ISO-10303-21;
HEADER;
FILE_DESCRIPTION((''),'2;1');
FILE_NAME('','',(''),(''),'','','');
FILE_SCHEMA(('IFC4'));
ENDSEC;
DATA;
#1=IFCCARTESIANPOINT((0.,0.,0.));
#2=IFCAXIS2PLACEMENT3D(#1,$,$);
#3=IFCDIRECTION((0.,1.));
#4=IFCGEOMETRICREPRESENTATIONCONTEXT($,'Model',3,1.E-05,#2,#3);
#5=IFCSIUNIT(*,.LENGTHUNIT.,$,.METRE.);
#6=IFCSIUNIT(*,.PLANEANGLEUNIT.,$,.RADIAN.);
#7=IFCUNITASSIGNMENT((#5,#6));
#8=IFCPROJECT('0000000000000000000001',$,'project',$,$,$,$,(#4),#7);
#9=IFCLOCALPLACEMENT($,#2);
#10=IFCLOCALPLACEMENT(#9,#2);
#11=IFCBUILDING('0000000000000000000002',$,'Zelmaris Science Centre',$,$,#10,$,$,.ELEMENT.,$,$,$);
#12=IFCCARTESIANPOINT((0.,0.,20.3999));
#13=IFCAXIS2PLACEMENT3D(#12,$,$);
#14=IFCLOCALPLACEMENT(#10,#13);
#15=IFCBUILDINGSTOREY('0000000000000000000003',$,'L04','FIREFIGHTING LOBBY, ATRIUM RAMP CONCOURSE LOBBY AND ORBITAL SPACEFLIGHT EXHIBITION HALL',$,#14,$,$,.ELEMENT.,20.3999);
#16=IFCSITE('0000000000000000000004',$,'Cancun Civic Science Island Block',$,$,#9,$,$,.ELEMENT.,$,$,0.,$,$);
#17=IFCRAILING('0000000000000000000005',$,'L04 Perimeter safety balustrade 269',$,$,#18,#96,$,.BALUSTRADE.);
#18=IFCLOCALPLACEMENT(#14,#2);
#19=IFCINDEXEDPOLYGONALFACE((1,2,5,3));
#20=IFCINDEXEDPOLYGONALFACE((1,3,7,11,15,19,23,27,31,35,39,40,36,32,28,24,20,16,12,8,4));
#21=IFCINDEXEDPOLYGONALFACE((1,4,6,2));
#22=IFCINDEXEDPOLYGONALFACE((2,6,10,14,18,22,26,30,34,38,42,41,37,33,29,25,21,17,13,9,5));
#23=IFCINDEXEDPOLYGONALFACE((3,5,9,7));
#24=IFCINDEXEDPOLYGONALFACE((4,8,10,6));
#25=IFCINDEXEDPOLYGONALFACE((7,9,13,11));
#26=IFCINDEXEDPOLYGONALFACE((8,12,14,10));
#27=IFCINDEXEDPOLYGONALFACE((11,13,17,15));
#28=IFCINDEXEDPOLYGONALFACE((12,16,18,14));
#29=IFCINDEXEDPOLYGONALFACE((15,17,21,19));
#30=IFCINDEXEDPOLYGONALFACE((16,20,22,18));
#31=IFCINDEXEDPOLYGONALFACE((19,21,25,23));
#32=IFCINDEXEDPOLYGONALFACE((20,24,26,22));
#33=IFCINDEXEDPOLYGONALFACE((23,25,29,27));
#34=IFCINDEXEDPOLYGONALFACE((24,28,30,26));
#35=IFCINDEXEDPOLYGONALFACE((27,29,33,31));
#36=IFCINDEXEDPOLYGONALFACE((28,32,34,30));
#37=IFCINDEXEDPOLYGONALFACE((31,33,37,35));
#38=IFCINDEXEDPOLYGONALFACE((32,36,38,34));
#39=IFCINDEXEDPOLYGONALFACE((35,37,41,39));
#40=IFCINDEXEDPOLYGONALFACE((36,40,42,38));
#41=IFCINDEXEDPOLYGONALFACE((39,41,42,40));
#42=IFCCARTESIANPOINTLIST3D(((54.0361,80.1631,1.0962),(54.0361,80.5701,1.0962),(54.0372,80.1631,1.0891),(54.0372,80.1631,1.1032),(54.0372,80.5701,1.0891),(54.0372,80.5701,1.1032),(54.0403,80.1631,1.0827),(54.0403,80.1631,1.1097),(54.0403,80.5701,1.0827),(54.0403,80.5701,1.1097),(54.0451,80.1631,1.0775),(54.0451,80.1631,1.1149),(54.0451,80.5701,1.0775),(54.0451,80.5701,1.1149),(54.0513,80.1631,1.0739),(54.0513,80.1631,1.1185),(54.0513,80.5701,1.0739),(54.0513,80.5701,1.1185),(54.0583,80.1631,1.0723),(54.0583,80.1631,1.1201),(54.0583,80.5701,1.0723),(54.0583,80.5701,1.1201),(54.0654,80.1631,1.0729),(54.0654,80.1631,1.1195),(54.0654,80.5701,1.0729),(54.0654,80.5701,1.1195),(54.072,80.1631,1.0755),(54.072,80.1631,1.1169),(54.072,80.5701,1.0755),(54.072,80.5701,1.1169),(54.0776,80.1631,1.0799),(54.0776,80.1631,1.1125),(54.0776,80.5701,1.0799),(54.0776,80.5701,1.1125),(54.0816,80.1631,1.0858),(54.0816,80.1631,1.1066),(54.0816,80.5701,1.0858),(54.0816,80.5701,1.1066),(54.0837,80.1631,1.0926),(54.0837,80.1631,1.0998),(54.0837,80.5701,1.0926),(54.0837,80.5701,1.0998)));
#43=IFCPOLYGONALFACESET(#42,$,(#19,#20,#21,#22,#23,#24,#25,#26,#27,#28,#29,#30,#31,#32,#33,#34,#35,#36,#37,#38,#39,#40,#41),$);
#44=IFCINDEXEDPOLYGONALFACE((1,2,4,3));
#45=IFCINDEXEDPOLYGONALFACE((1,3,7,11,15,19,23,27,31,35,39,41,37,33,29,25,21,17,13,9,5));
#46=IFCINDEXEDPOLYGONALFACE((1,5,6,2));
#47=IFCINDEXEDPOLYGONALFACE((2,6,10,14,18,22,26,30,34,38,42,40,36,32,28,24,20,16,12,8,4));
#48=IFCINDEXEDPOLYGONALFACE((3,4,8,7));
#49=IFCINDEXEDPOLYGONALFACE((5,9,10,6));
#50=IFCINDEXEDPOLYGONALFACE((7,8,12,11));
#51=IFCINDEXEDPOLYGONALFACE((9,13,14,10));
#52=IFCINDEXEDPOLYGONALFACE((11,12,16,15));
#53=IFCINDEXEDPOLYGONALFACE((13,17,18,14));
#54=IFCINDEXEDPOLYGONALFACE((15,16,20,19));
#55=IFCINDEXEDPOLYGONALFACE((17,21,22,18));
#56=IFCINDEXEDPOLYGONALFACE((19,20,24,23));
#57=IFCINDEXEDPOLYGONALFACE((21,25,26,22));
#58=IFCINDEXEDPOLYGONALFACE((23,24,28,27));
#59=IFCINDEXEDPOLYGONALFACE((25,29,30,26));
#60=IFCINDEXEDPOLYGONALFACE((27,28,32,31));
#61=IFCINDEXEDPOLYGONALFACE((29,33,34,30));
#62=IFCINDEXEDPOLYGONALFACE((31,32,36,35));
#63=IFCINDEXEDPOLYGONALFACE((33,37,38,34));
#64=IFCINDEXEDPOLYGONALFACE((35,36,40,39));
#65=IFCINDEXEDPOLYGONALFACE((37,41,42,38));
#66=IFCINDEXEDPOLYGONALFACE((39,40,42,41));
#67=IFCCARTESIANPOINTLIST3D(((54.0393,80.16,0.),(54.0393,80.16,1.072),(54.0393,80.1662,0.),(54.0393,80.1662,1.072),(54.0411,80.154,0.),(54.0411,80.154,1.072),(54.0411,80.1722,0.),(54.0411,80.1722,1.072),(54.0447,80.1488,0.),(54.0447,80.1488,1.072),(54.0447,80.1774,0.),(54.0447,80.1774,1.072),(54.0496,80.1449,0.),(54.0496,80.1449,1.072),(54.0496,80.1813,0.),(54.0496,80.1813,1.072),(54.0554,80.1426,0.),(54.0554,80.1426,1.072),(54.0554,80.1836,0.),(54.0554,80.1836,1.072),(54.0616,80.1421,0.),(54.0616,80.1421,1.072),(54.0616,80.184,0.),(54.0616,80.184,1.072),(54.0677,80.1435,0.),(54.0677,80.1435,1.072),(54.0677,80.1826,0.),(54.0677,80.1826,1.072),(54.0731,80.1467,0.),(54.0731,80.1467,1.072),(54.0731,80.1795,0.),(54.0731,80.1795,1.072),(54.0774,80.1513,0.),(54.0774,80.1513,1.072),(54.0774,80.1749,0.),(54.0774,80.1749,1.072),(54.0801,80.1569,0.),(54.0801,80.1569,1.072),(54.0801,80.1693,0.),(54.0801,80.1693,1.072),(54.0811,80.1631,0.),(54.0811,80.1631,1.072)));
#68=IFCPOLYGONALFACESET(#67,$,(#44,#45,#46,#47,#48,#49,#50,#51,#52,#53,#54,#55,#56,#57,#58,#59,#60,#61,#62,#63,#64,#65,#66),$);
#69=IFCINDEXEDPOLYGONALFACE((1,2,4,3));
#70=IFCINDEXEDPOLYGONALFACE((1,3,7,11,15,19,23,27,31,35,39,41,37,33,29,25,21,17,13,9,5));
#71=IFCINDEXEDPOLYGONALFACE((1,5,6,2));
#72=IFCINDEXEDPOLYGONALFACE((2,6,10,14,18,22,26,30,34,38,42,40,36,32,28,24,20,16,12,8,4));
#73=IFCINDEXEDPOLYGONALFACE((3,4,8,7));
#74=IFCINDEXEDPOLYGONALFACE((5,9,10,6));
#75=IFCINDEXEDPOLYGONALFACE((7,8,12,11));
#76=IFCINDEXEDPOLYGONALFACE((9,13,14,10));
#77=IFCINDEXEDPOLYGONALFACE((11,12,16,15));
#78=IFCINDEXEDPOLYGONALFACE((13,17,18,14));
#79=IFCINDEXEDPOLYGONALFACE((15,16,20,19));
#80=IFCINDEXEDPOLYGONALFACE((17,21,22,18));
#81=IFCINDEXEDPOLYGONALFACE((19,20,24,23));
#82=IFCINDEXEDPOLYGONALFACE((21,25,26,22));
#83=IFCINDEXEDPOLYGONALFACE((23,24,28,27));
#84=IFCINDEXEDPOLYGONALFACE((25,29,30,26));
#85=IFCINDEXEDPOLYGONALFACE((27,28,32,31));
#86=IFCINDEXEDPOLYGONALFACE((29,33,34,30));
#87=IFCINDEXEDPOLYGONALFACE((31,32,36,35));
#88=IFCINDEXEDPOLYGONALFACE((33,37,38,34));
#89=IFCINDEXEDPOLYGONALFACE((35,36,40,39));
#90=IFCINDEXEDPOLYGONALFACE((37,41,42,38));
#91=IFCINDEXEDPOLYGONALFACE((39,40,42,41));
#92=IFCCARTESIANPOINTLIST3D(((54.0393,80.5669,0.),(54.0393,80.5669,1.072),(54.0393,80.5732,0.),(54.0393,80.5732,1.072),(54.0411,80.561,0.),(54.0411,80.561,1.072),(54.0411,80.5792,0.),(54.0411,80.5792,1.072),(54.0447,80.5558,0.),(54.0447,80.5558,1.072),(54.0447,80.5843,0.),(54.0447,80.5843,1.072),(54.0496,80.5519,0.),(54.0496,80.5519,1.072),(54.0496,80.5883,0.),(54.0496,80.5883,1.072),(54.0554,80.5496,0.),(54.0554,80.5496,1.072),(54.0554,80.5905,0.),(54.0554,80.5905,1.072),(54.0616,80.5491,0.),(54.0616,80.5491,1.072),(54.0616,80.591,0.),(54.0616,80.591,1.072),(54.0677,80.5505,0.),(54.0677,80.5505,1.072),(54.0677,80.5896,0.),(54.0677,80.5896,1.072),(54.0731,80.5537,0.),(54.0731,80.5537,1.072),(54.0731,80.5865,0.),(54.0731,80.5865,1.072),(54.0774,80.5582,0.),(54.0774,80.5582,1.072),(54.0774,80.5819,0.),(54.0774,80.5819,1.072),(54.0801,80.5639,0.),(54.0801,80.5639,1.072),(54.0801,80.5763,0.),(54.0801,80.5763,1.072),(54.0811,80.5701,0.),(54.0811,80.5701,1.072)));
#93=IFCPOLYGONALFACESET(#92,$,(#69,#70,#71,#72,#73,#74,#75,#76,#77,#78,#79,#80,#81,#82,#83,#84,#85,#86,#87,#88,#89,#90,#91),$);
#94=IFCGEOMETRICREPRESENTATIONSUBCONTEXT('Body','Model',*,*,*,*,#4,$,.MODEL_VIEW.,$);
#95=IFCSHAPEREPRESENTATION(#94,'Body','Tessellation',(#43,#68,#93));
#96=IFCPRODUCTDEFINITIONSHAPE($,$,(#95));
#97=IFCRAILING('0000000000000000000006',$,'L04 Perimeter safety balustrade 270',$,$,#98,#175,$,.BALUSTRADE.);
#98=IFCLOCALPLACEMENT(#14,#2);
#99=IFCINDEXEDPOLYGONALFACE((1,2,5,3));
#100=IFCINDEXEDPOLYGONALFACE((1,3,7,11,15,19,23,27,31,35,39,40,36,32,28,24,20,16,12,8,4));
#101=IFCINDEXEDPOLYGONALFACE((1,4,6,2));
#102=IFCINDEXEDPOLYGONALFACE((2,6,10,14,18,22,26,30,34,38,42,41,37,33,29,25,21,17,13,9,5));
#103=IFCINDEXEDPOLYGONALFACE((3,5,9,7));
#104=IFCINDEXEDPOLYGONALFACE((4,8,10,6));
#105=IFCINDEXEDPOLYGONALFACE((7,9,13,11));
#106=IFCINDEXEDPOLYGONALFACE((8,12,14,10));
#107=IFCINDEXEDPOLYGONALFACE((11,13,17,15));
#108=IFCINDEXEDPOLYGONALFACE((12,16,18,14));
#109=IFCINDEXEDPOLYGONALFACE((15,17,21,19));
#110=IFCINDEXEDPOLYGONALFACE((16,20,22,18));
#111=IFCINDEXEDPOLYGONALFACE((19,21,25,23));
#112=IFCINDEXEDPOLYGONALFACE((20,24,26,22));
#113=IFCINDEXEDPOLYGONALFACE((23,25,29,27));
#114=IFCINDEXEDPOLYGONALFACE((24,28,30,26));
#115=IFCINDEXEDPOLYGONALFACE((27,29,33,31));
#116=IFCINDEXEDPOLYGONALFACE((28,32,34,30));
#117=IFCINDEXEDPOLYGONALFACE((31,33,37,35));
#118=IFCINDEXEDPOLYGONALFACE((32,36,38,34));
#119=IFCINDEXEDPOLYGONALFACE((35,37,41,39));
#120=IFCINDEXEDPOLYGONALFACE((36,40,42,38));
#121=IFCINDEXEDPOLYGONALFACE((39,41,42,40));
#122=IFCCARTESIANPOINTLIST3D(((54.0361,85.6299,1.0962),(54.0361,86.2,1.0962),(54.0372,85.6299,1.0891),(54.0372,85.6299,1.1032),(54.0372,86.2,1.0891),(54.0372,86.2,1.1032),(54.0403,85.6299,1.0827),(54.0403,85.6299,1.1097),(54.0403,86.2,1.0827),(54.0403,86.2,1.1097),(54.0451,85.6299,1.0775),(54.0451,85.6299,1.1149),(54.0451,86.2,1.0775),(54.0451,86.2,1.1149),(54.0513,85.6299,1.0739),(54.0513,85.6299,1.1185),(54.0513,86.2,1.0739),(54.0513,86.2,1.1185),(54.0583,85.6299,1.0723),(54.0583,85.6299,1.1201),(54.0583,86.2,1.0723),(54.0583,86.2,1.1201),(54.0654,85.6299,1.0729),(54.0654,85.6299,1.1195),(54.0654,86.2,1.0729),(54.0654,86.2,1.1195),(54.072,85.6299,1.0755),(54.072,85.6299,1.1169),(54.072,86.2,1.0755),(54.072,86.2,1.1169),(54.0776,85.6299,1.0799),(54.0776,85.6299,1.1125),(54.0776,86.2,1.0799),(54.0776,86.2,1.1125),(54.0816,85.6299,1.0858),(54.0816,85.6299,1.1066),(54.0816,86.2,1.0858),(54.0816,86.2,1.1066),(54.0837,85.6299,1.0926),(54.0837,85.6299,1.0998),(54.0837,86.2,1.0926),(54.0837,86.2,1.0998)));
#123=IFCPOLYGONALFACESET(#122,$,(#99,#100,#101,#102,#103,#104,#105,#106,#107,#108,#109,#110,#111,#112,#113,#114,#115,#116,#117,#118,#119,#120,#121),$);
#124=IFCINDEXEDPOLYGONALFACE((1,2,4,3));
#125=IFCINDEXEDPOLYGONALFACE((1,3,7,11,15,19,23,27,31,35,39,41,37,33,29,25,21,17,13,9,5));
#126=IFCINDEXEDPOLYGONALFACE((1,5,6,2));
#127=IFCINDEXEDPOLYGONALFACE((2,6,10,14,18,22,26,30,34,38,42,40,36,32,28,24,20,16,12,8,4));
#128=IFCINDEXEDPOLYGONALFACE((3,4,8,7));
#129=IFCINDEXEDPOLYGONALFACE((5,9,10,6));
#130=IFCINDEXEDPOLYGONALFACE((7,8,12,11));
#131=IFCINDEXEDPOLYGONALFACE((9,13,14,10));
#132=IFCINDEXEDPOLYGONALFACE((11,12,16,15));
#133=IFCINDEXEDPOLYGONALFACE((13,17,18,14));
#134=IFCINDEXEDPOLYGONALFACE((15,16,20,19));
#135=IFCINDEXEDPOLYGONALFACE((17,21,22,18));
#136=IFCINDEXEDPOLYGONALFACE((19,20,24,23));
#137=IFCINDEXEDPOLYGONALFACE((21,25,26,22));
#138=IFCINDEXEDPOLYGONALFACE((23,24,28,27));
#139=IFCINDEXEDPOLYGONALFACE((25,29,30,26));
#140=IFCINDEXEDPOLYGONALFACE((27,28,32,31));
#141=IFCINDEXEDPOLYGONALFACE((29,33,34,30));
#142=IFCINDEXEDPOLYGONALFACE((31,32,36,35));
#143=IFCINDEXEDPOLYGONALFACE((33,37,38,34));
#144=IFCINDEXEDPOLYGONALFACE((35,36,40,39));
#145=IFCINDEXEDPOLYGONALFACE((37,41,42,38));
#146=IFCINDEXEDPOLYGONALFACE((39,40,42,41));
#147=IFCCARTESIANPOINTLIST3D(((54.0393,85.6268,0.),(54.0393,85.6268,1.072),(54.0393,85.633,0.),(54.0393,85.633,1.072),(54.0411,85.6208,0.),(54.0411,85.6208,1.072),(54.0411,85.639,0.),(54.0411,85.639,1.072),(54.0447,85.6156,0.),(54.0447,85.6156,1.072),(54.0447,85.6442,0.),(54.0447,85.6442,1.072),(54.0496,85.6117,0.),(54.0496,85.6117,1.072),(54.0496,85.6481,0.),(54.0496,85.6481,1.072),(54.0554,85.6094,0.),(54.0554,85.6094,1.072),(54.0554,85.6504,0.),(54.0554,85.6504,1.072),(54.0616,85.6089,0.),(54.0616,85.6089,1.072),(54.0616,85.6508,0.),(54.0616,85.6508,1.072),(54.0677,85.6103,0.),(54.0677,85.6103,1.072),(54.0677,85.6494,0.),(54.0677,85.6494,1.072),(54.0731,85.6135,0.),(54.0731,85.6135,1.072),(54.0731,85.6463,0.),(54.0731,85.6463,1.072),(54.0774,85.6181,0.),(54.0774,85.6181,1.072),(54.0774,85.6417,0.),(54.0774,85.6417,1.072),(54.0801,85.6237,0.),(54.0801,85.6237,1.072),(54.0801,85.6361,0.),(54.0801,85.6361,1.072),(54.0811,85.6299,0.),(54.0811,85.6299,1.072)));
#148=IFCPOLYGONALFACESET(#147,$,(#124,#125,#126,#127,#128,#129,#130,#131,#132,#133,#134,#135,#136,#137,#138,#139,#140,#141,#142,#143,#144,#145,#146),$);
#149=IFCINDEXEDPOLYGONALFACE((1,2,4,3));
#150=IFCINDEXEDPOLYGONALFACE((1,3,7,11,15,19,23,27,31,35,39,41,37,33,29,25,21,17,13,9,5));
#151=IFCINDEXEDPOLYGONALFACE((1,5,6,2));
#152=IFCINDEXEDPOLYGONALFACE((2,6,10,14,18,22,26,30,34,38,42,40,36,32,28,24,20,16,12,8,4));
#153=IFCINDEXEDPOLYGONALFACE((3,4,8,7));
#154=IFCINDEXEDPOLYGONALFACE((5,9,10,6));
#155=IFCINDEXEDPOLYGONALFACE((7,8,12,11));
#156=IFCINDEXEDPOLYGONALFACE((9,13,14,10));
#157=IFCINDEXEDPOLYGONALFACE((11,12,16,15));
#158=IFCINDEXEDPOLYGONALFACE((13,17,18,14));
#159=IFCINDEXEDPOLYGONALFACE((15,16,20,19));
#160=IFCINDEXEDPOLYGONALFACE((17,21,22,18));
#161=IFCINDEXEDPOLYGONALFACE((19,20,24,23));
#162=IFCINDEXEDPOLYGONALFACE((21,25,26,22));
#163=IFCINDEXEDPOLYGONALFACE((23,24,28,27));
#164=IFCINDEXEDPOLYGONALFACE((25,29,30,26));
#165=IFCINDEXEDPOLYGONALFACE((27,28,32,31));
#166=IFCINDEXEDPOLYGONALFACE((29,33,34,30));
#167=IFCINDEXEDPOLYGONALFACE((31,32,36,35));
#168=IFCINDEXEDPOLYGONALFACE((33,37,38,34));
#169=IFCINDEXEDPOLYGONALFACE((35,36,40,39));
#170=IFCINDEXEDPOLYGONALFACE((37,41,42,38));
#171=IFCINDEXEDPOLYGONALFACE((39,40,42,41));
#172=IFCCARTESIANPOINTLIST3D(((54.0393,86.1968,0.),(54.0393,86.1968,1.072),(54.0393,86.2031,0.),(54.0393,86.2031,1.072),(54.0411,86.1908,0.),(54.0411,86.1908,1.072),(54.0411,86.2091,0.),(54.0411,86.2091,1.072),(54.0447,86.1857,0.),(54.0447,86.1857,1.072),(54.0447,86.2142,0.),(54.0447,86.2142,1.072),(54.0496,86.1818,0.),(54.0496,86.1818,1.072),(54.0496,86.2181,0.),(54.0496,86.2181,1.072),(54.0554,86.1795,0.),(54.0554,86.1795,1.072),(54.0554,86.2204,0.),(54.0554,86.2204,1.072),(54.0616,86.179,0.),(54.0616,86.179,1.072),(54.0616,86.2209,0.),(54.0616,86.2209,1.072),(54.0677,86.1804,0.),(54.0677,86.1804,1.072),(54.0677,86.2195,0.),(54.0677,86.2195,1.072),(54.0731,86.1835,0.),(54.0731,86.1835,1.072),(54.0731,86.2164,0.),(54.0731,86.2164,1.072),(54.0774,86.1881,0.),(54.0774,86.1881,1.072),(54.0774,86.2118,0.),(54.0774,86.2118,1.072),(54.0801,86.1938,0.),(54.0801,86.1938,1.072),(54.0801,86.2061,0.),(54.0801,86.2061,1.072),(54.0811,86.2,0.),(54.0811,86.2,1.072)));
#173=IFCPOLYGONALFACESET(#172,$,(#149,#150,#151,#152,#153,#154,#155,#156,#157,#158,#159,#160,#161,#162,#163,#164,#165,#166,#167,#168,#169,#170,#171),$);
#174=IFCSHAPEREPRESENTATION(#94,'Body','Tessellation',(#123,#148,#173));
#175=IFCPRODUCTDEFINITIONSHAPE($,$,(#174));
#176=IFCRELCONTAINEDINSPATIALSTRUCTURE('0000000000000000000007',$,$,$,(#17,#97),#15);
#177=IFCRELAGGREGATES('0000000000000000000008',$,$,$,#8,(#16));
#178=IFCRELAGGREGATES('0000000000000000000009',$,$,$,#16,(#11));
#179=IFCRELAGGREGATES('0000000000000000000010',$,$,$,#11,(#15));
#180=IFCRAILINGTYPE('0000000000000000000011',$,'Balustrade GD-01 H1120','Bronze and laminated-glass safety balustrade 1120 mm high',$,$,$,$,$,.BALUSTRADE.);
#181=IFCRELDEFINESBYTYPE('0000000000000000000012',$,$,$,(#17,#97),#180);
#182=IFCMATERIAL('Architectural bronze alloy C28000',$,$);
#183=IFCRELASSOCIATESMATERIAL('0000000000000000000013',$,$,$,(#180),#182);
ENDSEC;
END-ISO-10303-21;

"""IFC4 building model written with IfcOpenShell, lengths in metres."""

from ifc_helpers import new_model, si_unit, direction, frame, origin, origin_2d, place, context, subcontext, project, spatial, circle, extrude, material, type_object, element, save


model = new_model("IFC4")

# Units and contexts
model_context = context("Model", 3, precision=1e-05, world=origin(), true_north=direction((0.0, 1.0)))
body_context = subcontext(model_context, "Body", "Model", "MODEL_VIEW")
ifc_project = project(units=[si_unit("LENGTHUNIT", "METRE"), si_unit("PLANEANGLEUNIT", "RADIAN")], contexts=[model_context])

# Site, building, storey
site_placement = place(None, origin())
site = spatial("IfcSite", under=ifc_project, at=site_placement, Name="Cancun Civic Science Island Block", CompositionType="ELEMENT", RefElevation=0.0)
building_placement = place(site_placement, origin())
building = spatial("IfcBuilding", under=site, at=building_placement, Name="Zelmaris Science Centre", CompositionType="ELEMENT")
storey_placement = place(building_placement, frame((0.0, 0.0, 20.3999)))
storey = spatial("IfcBuildingStorey", under=building, at=storey_placement, Name="L04", Description="FIREFIGHTING LOBBY, ATRIUM RAMP CONCOURSE LOBBY AND ORBITAL SPACEFLIGHT EXHIBITION HALL", CompositionType="ELEMENT", Elevation=20.3999)

# Railings
ifc_material_1 = material(Name="Architectural bronze alloy C28000")
railing_type = type_object("IfcRailingType", Name="Balustrade GD-01 H1120", Description="Bronze and laminated-glass safety balustrade 1120 mm high", PredefinedType="BALUSTRADE", material=ifc_material_1)
railing_1_placement = place(storey_placement, frame((54.0601, 80.1631, 0.0)))
element("IfcRailing", 1, at=railing_1_placement, inside=storey, type_object=railing_type, Name="L04 Perimeter safety balustrade 269", PredefinedType="BALUSTRADE", context=body_context, shape_type="SweptSolid", body=[
    extrude(circle(Radius=0.0239, at=origin_2d()), frame((0.0, 0.0, 1.0962), z_axis=(0.0, 1.0, 0.0), x_axis=(-1.0, 0.0, 0.0)), (0.0, 0.0, 1.0), 0.407),
    extrude(circle(Radius=0.021, at=origin_2d()), origin(), (0.0, 0.0, 1.0), 1.072),
    extrude(circle(Radius=0.021, at=origin_2d()), frame((0.0, 0.407, 0.0)), (0.0, 0.0, 1.0), 1.072),
])
railing_2_placement = place(storey_placement, frame((54.0601, 85.6299, 0.0)))
element("IfcRailing", 2, at=railing_2_placement, inside=storey, type_object=railing_type, Name="L04 Perimeter safety balustrade 270", PredefinedType="BALUSTRADE", context=body_context, shape_type="SweptSolid", body=[
    extrude(circle(Radius=0.0239, at=origin_2d()), frame((0.0, 0.0, 1.0962), z_axis=(0.0, 1.0, 0.0), x_axis=(-1.0, 0.0, 0.0)), (0.0, 0.0, 1.0), 0.5701),
    extrude(circle(Radius=0.021, at=origin_2d()), origin(), (0.0, 0.0, 1.0), 1.072),
    extrude(circle(Radius=0.021, at=origin_2d()), frame((0.0, 0.5701, 0.0)), (0.0, 0.0, 1.0), 1.072),
])

save(model, "model.ifc")
